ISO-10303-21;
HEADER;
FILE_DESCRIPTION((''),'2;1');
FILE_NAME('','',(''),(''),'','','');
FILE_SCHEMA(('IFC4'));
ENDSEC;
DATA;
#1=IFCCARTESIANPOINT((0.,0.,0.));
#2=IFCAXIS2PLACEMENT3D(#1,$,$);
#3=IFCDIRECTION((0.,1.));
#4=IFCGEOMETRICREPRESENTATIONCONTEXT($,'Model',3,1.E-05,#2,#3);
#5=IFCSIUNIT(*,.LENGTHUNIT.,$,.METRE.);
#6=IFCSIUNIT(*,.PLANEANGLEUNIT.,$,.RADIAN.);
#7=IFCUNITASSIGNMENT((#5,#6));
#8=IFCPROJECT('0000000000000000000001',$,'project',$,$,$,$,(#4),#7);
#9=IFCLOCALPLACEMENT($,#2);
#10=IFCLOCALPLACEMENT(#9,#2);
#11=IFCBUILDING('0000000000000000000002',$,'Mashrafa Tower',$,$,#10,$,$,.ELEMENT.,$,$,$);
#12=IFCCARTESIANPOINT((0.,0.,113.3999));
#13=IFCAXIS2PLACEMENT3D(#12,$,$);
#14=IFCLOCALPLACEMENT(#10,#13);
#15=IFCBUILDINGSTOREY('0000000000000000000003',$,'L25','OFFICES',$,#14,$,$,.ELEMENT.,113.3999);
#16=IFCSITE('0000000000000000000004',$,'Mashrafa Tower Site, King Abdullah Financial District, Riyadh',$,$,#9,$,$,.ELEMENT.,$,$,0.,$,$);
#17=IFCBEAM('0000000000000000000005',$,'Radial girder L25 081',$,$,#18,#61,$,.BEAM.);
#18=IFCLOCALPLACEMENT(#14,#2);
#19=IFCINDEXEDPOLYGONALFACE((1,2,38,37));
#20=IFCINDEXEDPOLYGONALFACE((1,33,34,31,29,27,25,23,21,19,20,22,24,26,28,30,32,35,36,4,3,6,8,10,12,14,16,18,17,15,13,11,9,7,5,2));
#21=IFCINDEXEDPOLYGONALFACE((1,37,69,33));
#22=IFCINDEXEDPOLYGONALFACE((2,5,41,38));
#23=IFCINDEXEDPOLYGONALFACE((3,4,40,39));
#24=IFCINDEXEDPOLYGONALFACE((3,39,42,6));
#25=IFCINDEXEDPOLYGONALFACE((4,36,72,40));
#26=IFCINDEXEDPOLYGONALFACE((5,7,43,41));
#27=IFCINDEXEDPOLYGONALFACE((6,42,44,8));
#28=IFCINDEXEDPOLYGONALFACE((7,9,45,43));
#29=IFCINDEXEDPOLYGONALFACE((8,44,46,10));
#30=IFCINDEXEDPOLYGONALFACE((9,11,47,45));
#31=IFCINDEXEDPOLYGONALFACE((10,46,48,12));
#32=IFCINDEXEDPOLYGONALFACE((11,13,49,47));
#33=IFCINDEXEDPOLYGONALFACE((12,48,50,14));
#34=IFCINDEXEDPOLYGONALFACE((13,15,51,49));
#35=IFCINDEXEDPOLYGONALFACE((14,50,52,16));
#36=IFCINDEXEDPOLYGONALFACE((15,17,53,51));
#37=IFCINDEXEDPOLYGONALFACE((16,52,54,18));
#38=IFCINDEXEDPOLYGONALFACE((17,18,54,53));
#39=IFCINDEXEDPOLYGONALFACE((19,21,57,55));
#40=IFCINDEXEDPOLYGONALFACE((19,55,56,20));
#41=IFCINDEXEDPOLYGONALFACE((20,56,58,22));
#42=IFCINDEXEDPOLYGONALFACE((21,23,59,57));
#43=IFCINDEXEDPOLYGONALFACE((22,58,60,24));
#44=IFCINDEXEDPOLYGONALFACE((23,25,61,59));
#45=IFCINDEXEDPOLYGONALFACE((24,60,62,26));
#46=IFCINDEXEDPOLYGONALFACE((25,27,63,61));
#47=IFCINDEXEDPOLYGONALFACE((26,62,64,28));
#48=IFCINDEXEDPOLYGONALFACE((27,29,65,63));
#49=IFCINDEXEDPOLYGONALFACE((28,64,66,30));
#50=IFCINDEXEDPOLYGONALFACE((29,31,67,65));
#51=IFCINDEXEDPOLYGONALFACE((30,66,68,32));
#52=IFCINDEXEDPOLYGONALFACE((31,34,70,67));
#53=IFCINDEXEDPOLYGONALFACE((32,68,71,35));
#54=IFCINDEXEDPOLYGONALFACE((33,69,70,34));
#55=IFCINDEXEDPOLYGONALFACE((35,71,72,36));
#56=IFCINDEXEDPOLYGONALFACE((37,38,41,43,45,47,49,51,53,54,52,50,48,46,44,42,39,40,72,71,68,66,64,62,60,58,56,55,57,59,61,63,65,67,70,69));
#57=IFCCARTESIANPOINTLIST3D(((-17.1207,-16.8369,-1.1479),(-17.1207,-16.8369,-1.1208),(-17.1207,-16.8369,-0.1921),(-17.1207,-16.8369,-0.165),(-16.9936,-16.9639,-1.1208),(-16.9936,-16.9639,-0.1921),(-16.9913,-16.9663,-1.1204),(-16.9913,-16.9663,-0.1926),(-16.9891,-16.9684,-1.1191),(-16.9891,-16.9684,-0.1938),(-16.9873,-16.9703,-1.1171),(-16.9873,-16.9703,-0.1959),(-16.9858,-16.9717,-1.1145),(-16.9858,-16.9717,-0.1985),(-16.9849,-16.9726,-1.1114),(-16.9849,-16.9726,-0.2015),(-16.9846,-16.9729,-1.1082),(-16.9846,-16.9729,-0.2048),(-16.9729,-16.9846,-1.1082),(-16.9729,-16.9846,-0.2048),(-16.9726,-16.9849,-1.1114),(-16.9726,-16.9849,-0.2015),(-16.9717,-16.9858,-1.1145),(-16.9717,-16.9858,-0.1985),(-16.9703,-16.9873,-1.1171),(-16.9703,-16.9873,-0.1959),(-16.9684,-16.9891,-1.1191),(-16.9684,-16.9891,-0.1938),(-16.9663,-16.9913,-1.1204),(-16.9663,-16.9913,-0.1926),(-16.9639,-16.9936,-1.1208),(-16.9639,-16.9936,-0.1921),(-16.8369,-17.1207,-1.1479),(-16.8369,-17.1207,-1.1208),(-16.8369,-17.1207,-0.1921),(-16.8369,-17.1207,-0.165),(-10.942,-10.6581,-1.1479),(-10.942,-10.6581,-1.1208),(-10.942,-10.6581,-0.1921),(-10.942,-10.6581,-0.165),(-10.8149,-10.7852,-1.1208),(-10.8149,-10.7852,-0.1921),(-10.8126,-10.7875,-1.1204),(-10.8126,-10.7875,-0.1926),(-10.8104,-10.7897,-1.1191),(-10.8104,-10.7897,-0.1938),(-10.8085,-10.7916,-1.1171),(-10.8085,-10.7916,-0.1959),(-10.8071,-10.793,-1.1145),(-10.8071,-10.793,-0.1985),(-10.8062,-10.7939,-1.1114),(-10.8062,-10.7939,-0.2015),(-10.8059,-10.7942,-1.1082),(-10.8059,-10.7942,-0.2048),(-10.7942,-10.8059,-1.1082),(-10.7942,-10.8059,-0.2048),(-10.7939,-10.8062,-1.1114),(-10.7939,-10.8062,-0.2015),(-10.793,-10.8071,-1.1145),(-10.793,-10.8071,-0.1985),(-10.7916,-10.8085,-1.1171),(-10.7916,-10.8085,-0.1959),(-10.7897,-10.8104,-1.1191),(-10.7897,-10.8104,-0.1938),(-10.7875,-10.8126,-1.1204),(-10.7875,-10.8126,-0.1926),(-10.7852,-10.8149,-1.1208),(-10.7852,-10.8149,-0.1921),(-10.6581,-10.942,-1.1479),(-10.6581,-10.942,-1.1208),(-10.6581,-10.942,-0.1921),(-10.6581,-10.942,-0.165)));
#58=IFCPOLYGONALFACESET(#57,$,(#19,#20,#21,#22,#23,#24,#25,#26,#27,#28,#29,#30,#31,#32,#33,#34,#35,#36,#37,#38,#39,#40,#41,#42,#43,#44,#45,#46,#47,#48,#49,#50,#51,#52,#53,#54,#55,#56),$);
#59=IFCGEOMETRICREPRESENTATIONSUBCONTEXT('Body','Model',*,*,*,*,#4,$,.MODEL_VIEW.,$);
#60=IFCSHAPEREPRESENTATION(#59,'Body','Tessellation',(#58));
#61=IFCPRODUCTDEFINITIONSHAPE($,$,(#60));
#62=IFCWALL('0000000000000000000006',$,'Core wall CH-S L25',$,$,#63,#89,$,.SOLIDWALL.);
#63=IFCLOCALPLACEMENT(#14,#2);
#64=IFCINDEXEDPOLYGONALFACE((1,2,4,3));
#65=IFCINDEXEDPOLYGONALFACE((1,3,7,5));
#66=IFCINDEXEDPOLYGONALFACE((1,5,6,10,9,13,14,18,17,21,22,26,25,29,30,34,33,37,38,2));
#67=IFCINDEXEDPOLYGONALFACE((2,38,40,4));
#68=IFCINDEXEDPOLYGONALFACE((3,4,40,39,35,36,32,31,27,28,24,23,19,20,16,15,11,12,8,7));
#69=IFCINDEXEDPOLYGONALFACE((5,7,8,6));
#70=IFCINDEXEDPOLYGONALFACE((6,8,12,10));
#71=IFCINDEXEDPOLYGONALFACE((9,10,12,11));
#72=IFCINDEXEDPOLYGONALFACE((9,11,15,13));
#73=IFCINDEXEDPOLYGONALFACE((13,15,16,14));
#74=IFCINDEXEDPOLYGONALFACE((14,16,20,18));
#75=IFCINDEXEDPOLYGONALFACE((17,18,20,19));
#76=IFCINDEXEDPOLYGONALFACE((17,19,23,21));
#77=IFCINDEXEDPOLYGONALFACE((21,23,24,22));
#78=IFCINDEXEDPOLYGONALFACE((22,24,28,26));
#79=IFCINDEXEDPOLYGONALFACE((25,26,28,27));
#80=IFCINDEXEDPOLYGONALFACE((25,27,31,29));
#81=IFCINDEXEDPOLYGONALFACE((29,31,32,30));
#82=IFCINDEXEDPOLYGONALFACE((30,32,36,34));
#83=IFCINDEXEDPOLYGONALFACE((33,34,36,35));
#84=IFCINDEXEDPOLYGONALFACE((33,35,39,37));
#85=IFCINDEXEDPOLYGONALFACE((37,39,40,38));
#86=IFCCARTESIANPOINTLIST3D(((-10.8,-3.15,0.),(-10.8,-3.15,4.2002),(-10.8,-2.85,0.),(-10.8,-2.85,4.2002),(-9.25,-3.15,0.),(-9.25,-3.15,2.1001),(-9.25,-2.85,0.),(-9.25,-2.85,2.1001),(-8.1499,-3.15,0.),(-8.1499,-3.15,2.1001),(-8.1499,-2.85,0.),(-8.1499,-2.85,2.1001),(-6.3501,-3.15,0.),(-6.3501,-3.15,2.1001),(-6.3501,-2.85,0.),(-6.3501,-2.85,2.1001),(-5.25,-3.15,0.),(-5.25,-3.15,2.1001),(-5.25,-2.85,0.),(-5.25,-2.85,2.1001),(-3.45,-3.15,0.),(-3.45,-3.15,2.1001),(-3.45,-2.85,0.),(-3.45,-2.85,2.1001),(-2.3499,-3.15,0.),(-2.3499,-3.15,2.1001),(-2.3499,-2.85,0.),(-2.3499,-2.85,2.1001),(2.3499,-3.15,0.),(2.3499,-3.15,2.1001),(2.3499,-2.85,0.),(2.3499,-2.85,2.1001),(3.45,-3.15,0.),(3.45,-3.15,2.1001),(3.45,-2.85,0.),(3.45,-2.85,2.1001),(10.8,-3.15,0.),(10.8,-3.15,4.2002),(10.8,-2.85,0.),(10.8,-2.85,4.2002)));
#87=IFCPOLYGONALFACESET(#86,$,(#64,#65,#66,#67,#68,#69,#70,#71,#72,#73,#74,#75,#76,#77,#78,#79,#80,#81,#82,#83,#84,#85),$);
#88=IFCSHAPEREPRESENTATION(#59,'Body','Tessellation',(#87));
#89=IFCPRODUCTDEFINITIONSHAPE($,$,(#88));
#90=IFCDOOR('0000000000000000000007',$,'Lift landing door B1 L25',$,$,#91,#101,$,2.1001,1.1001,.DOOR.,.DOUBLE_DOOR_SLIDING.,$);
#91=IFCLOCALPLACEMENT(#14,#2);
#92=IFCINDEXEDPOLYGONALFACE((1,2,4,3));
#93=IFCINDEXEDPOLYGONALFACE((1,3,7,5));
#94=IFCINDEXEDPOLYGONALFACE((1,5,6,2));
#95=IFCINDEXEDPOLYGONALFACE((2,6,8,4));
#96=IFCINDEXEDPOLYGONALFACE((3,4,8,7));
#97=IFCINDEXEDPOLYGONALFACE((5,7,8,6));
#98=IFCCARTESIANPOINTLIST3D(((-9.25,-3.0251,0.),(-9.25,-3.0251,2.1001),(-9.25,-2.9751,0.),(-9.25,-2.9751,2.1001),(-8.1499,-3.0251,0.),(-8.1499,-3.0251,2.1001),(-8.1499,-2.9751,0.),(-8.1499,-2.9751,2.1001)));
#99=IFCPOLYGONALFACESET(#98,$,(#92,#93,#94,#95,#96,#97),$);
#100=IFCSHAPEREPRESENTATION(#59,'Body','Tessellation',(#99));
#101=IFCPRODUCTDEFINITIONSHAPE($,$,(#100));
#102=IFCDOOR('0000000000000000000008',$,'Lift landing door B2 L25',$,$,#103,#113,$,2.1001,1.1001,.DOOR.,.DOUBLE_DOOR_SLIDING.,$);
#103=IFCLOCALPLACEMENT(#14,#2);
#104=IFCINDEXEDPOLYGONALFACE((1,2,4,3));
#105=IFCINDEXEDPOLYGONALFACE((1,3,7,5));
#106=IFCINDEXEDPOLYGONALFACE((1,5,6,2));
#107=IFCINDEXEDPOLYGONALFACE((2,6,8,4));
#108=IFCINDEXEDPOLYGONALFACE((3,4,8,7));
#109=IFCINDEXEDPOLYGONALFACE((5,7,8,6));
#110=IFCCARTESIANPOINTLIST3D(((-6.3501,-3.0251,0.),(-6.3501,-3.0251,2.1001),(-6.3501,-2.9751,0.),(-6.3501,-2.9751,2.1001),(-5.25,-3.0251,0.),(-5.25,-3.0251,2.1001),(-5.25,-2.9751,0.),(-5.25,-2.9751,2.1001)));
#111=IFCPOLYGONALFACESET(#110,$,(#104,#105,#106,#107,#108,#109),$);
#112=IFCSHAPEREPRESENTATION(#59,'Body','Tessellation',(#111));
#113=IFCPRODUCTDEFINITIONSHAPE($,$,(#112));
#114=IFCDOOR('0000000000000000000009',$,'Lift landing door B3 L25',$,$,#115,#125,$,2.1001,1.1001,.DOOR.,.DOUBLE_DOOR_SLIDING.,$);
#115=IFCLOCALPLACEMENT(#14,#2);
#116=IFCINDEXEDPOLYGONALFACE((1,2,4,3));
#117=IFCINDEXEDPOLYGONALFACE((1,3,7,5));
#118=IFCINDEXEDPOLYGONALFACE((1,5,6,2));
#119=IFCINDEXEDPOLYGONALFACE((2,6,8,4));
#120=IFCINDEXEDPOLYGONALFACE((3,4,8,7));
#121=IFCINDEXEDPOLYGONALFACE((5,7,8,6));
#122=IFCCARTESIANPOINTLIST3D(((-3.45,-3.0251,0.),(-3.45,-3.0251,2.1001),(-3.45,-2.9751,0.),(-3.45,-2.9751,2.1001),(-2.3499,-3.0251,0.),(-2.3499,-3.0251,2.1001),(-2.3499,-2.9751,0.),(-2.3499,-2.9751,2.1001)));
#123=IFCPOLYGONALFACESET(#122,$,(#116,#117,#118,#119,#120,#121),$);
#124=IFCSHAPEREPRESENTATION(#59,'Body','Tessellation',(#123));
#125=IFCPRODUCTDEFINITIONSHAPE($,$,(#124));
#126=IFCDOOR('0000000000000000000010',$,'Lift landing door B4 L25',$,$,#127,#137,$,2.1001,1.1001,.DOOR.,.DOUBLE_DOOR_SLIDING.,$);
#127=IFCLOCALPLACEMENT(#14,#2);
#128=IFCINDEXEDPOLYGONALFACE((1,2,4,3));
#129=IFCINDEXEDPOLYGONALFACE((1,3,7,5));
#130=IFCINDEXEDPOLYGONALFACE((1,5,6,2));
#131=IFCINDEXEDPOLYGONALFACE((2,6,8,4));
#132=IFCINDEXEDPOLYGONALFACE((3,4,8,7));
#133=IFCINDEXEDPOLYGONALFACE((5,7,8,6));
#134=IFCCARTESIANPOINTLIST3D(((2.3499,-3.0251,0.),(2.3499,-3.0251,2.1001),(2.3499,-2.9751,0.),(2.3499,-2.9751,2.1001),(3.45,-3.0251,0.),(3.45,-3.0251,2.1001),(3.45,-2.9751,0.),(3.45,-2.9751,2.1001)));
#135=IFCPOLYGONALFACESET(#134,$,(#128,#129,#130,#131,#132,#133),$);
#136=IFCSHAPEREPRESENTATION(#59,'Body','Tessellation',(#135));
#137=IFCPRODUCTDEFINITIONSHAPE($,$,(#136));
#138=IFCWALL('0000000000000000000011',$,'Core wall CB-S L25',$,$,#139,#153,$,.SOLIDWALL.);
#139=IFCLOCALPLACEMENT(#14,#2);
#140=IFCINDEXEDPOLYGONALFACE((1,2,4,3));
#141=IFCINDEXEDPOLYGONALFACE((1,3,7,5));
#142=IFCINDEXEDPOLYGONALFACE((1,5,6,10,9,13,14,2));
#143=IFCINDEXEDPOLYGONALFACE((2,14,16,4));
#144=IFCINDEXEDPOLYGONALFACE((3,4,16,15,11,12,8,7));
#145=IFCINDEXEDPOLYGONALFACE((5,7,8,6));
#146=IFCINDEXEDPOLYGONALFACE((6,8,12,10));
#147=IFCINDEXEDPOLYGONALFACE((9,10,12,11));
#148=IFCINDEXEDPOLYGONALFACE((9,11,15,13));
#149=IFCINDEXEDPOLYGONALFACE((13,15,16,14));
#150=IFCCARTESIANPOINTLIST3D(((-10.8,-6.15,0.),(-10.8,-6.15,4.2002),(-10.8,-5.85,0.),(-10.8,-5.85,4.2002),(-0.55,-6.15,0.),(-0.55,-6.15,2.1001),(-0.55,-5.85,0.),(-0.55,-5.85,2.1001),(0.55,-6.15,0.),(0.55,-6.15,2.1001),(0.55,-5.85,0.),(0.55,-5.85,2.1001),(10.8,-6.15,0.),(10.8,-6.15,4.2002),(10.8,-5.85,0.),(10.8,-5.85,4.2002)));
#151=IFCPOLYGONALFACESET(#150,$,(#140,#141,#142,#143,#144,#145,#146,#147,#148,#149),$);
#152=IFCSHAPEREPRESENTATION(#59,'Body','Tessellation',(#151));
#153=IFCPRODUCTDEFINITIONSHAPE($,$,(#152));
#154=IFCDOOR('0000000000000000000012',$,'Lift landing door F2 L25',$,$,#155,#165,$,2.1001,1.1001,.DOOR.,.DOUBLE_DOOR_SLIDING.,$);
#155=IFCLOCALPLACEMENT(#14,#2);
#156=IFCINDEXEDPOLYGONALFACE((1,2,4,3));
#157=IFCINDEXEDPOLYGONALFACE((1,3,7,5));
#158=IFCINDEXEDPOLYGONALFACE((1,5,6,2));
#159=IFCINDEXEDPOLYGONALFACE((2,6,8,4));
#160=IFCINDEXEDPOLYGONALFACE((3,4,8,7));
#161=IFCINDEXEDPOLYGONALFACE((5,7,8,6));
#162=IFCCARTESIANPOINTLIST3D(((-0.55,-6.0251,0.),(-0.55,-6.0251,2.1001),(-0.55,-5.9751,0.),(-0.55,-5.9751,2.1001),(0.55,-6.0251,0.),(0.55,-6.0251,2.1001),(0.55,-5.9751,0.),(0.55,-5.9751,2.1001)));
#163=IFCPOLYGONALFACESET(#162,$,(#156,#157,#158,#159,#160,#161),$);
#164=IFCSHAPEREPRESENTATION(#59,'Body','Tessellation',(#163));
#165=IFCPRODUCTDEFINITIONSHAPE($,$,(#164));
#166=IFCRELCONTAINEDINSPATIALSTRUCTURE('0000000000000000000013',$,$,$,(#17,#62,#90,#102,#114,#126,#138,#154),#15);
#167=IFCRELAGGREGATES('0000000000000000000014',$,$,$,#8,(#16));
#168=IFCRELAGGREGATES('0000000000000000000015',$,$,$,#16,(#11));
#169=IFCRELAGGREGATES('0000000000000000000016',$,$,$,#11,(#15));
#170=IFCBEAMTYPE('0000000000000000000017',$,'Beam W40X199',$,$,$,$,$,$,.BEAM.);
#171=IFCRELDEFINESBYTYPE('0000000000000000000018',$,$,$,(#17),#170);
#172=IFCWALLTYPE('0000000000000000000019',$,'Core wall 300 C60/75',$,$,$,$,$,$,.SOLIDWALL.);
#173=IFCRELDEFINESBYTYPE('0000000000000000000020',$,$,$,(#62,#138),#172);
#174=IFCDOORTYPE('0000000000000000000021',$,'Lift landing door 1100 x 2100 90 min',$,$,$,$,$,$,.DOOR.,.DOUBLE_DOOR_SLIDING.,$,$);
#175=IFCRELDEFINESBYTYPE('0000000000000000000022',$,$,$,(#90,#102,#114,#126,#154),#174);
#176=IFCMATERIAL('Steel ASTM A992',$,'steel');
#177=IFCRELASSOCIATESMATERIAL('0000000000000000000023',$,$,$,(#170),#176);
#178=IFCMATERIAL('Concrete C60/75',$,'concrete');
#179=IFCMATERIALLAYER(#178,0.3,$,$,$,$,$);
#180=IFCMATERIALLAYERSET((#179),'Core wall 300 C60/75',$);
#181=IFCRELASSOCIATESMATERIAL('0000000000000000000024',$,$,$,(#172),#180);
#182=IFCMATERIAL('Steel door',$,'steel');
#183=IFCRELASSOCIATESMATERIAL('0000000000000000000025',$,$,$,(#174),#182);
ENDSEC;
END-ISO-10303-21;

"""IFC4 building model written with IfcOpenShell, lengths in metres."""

from ifc_helpers import new_model, si_unit, direction, frame, frame_2d, origin, origin_2d, place, context, subcontext, project, spatial, rectangle, i_section, extrude, material, layer, layer_set, material_profile, profile_set, type_object, element, fill, save


model = new_model("IFC4")

# Units and contexts
model_context = context("Model", 3, precision=1e-05, world=origin(), true_north=direction((0.0, 1.0)))
body_context = subcontext(model_context, "Body", "Model", "MODEL_VIEW")
ifc_project = project(units=[si_unit("LENGTHUNIT", "METRE"), si_unit("PLANEANGLEUNIT", "RADIAN")], contexts=[model_context])

# Site, building, storey
site_placement = place(None, origin())
site = spatial("IfcSite", under=ifc_project, at=site_placement, Name="Mashrafa Tower Site, King Abdullah Financial District, Riyadh", CompositionType="ELEMENT", RefElevation=0.0)
building_placement = place(site_placement, origin())
building = spatial("IfcBuilding", under=site, at=building_placement, Name="Mashrafa Tower", CompositionType="ELEMENT")
storey_placement = place(building_placement, frame((0.0, 0.0, 113.3999)))
storey = spatial("IfcBuildingStorey", under=building, at=storey_placement, Name="L25", Description="OFFICES", CompositionType="ELEMENT", Elevation=113.3999)

# Beam
ifc_material_1 = material(Name="Steel ASTM A992", Category="steel")
ifc_material_profile_1 = material_profile(ifc_material_1, i_section(OverallWidth=0.4014, OverallDepth=0.9829, WebThickness=0.0166, FlangeThickness=0.0271, FilletRadius=0.0127, at=origin_2d()), Name="W40X199")
ifc_profile_set_1 = profile_set([ifc_material_profile_1], Name="Steel ASTM A992")
beam_type_1 = type_object("IfcBeamType", Name="Beam W40X199", PredefinedType="BEAM", material=ifc_profile_set_1)
beam_1_placement = place(storey_placement, frame((-10.8, -10.8, -0.6565), z_axis=(-0.707107, -0.707107, 0.0), x_axis=(0.707107, -0.707107, 0.0)))
element("IfcBeam", 1, at=beam_1_placement, inside=storey, type_object=beam_type_1, Name="Radial girder L25 081", PredefinedType="BEAM", context=body_context, shape_type="SweptSolid", body=[
    extrude(i_section(OverallWidth=0.4014, OverallDepth=0.9829, WebThickness=0.0166, FlangeThickness=0.0271, FilletRadius=0.0127, at=origin_2d()), origin(), (0.0, 0.0, 1.0), 8.738),
])

# Wall, openings, doors
ifc_material_2 = material(Name="Concrete C60/75", Category="concrete")
ifc_layer_1 = layer(ifc_material_2, 0.3)
ifc_layer_set_1 = layer_set([ifc_layer_1], Name="Core wall 300 C60/75")
wall_type_1 = type_object("IfcWallType", Name="Core wall 300 C60/75", PredefinedType="SOLIDWALL", material=ifc_layer_set_1)
wall_1_placement = place(storey_placement, frame((-10.8, -3.0, 0.0), z_axis=(0.0, 0.0, 1.0), x_axis=(1.0, 0.0, 0.0)))
wall_1 = element("IfcWall", 2, at=wall_1_placement, inside=storey, type_object=wall_type_1, Name="Core wall CH-S L25", PredefinedType="SOLIDWALL", context=body_context, shape_type="SweptSolid", body=[
    extrude(rectangle(XDim=21.6001, YDim=0.3, at=frame_2d((10.8, 0.0))), origin(), (0.0, 0.0, 1.0), 4.2002),
])
opening_1_placement = place(wall_1_placement, frame((1.55, 0.0, 0.0)))
opening_1 = element("IfcOpeningElement", 3, at=opening_1_placement, cuts=wall_1, PredefinedType="OPENING", context=body_context, shape_type="SweptSolid", body=[
    extrude(rectangle(XDim=1.1001, YDim=2.1001, at=frame_2d((0.55, 1.05))), frame((0.0, 0.1599, 0.0), z_axis=(0.0, -1.0, 0.0), x_axis=(1.0, 0.0, 0.0)), (0.0, 0.0, 1.0), 0.3201),
])
opening_2_placement = place(wall_1_placement, frame((4.45, 0.0, 0.0)))
opening_2 = element("IfcOpeningElement", 4, at=opening_2_placement, cuts=wall_1, PredefinedType="OPENING", context=body_context, shape_type="SweptSolid", body=[
    extrude(rectangle(XDim=1.1001, YDim=2.1001, at=frame_2d((0.55, 1.05))), frame((0.0, 0.1599, 0.0), z_axis=(0.0, -1.0, 0.0), x_axis=(1.0, 0.0, 0.0)), (0.0, 0.0, 1.0), 0.3201),
])
opening_3_placement = place(wall_1_placement, frame((7.3501, 0.0, 0.0)))
opening_3 = element("IfcOpeningElement", 5, at=opening_3_placement, cuts=wall_1, PredefinedType="OPENING", context=body_context, shape_type="SweptSolid", body=[
    extrude(rectangle(XDim=1.1001, YDim=2.1001, at=frame_2d((0.55, 1.05))), frame((0.0, 0.1599, 0.0), z_axis=(0.0, -1.0, 0.0), x_axis=(1.0, 0.0, 0.0)), (0.0, 0.0, 1.0), 0.3201),
])
opening_4_placement = place(wall_1_placement, frame((13.1499, 0.0, 0.0)))
opening_4 = element("IfcOpeningElement", 6, at=opening_4_placement, cuts=wall_1, PredefinedType="OPENING", context=body_context, shape_type="SweptSolid", body=[
    extrude(rectangle(XDim=1.1001, YDim=2.1001, at=frame_2d((0.55, 1.05))), frame((0.0, 0.1599, 0.0), z_axis=(0.0, -1.0, 0.0), x_axis=(1.0, 0.0, 0.0)), (0.0, 0.0, 1.0), 0.3201),
])
ifc_material_3 = material(Name="Steel door", Category="steel")
door_type_1 = type_object("IfcDoorType", Name="Lift landing door 1100 x 2100 90 min", OperationType="DOUBLE_DOOR_SLIDING", PredefinedType="DOOR", material=ifc_material_3)
door_1_placement = place(opening_1_placement, origin())
door_1 = element("IfcDoor", 7, at=door_1_placement, inside=storey, type_object=door_type_1, Name="Lift landing door B1 L25", OperationType="DOUBLE_DOOR_SLIDING", OverallHeight=2.1001, OverallWidth=1.1001, PredefinedType="DOOR", context=body_context, shape_type="SweptSolid", body=[
    extrude(rectangle(XDim=1.1001, YDim=2.1001, at=frame_2d((0.55, 1.05))), frame((0.0, 0.0249, 0.0), z_axis=(0.0, -1.0, 0.0), x_axis=(1.0, 0.0, 0.0)), (0.0, 0.0, 1.0), 0.05),
])
fill(opening_1, door_1)
door_2_placement = place(opening_2_placement, origin())
door_2 = element("IfcDoor", 8, at=door_2_placement, inside=storey, type_object=door_type_1, Name="Lift landing door B2 L25", OperationType="DOUBLE_DOOR_SLIDING", OverallHeight=2.1001, OverallWidth=1.1001, PredefinedType="DOOR", context=body_context, shape_type="SweptSolid", body=[
    extrude(rectangle(XDim=1.1001, YDim=2.1001, at=frame_2d((0.55, 1.05))), frame((0.0, 0.0249, 0.0), z_axis=(0.0, -1.0, 0.0), x_axis=(1.0, 0.0, 0.0)), (0.0, 0.0, 1.0), 0.05),
])
fill(opening_2, door_2)
door_3_placement = place(opening_3_placement, origin())
door_3 = element("IfcDoor", 9, at=door_3_placement, inside=storey, type_object=door_type_1, Name="Lift landing door B3 L25", OperationType="DOUBLE_DOOR_SLIDING", OverallHeight=2.1001, OverallWidth=1.1001, PredefinedType="DOOR", context=body_context, shape_type="SweptSolid", body=[
    extrude(rectangle(XDim=1.1001, YDim=2.1001, at=frame_2d((0.55, 1.05))), frame((0.0, 0.0249, 0.0), z_axis=(0.0, -1.0, 0.0), x_axis=(1.0, 0.0, 0.0)), (0.0, 0.0, 1.0), 0.05),
])
fill(opening_3, door_3)
door_4_placement = place(opening_4_placement, origin())
door_4 = element("IfcDoor", 10, at=door_4_placement, inside=storey, type_object=door_type_1, Name="Lift landing door B4 L25", OperationType="DOUBLE_DOOR_SLIDING", OverallHeight=2.1001, OverallWidth=1.1001, PredefinedType="DOOR", context=body_context, shape_type="SweptSolid", body=[
    extrude(rectangle(XDim=1.1001, YDim=2.1001, at=frame_2d((0.55, 1.05))), frame((0.0, 0.0249, 0.0), z_axis=(0.0, -1.0, 0.0), x_axis=(1.0, 0.0, 0.0)), (0.0, 0.0, 1.0), 0.05),
])
fill(opening_4, door_4)

# Wall, opening, door
wall_2_placement = place(storey_placement, frame((-10.8, -6.0, 0.0), z_axis=(0.0, 0.0, 1.0), x_axis=(1.0, 0.0, 0.0)))
wall_2 = element("IfcWall", 11, at=wall_2_placement, inside=storey, type_object=wall_type_1, Name="Core wall CB-S L25", PredefinedType="SOLIDWALL", context=body_context, shape_type="SweptSolid", body=[
    extrude(rectangle(XDim=21.6001, YDim=0.3, at=frame_2d((10.8, 0.0))), origin(), (0.0, 0.0, 1.0), 4.2002),
])
opening_5_placement = place(wall_2_placement, frame((10.25, 0.0, 0.0)))
opening_5 = element("IfcOpeningElement", 12, at=opening_5_placement, cuts=wall_2, PredefinedType="OPENING", context=body_context, shape_type="SweptSolid", body=[
    extrude(rectangle(XDim=1.1001, YDim=2.1001, at=frame_2d((0.55, 1.05))), frame((0.0, 0.1599, 0.0), z_axis=(0.0, -1.0, 0.0), x_axis=(1.0, 0.0, 0.0)), (0.0, 0.0, 1.0), 0.3201),
])
door_5_placement = place(opening_5_placement, origin())
door_5 = element("IfcDoor", 13, at=door_5_placement, inside=storey, type_object=door_type_1, Name="Lift landing door F2 L25", OperationType="DOUBLE_DOOR_SLIDING", OverallHeight=2.1001, OverallWidth=1.1001, PredefinedType="DOOR", context=body_context, shape_type="SweptSolid", body=[
    extrude(rectangle(XDim=1.1001, YDim=2.1001, at=frame_2d((0.55, 1.05))), frame((0.0, 0.0249, 0.0), z_axis=(0.0, -1.0, 0.0), x_axis=(1.0, 0.0, 0.0)), (0.0, 0.0, 1.0), 0.05),
])
fill(opening_5, door_5)

save(model, "model.ifc")
